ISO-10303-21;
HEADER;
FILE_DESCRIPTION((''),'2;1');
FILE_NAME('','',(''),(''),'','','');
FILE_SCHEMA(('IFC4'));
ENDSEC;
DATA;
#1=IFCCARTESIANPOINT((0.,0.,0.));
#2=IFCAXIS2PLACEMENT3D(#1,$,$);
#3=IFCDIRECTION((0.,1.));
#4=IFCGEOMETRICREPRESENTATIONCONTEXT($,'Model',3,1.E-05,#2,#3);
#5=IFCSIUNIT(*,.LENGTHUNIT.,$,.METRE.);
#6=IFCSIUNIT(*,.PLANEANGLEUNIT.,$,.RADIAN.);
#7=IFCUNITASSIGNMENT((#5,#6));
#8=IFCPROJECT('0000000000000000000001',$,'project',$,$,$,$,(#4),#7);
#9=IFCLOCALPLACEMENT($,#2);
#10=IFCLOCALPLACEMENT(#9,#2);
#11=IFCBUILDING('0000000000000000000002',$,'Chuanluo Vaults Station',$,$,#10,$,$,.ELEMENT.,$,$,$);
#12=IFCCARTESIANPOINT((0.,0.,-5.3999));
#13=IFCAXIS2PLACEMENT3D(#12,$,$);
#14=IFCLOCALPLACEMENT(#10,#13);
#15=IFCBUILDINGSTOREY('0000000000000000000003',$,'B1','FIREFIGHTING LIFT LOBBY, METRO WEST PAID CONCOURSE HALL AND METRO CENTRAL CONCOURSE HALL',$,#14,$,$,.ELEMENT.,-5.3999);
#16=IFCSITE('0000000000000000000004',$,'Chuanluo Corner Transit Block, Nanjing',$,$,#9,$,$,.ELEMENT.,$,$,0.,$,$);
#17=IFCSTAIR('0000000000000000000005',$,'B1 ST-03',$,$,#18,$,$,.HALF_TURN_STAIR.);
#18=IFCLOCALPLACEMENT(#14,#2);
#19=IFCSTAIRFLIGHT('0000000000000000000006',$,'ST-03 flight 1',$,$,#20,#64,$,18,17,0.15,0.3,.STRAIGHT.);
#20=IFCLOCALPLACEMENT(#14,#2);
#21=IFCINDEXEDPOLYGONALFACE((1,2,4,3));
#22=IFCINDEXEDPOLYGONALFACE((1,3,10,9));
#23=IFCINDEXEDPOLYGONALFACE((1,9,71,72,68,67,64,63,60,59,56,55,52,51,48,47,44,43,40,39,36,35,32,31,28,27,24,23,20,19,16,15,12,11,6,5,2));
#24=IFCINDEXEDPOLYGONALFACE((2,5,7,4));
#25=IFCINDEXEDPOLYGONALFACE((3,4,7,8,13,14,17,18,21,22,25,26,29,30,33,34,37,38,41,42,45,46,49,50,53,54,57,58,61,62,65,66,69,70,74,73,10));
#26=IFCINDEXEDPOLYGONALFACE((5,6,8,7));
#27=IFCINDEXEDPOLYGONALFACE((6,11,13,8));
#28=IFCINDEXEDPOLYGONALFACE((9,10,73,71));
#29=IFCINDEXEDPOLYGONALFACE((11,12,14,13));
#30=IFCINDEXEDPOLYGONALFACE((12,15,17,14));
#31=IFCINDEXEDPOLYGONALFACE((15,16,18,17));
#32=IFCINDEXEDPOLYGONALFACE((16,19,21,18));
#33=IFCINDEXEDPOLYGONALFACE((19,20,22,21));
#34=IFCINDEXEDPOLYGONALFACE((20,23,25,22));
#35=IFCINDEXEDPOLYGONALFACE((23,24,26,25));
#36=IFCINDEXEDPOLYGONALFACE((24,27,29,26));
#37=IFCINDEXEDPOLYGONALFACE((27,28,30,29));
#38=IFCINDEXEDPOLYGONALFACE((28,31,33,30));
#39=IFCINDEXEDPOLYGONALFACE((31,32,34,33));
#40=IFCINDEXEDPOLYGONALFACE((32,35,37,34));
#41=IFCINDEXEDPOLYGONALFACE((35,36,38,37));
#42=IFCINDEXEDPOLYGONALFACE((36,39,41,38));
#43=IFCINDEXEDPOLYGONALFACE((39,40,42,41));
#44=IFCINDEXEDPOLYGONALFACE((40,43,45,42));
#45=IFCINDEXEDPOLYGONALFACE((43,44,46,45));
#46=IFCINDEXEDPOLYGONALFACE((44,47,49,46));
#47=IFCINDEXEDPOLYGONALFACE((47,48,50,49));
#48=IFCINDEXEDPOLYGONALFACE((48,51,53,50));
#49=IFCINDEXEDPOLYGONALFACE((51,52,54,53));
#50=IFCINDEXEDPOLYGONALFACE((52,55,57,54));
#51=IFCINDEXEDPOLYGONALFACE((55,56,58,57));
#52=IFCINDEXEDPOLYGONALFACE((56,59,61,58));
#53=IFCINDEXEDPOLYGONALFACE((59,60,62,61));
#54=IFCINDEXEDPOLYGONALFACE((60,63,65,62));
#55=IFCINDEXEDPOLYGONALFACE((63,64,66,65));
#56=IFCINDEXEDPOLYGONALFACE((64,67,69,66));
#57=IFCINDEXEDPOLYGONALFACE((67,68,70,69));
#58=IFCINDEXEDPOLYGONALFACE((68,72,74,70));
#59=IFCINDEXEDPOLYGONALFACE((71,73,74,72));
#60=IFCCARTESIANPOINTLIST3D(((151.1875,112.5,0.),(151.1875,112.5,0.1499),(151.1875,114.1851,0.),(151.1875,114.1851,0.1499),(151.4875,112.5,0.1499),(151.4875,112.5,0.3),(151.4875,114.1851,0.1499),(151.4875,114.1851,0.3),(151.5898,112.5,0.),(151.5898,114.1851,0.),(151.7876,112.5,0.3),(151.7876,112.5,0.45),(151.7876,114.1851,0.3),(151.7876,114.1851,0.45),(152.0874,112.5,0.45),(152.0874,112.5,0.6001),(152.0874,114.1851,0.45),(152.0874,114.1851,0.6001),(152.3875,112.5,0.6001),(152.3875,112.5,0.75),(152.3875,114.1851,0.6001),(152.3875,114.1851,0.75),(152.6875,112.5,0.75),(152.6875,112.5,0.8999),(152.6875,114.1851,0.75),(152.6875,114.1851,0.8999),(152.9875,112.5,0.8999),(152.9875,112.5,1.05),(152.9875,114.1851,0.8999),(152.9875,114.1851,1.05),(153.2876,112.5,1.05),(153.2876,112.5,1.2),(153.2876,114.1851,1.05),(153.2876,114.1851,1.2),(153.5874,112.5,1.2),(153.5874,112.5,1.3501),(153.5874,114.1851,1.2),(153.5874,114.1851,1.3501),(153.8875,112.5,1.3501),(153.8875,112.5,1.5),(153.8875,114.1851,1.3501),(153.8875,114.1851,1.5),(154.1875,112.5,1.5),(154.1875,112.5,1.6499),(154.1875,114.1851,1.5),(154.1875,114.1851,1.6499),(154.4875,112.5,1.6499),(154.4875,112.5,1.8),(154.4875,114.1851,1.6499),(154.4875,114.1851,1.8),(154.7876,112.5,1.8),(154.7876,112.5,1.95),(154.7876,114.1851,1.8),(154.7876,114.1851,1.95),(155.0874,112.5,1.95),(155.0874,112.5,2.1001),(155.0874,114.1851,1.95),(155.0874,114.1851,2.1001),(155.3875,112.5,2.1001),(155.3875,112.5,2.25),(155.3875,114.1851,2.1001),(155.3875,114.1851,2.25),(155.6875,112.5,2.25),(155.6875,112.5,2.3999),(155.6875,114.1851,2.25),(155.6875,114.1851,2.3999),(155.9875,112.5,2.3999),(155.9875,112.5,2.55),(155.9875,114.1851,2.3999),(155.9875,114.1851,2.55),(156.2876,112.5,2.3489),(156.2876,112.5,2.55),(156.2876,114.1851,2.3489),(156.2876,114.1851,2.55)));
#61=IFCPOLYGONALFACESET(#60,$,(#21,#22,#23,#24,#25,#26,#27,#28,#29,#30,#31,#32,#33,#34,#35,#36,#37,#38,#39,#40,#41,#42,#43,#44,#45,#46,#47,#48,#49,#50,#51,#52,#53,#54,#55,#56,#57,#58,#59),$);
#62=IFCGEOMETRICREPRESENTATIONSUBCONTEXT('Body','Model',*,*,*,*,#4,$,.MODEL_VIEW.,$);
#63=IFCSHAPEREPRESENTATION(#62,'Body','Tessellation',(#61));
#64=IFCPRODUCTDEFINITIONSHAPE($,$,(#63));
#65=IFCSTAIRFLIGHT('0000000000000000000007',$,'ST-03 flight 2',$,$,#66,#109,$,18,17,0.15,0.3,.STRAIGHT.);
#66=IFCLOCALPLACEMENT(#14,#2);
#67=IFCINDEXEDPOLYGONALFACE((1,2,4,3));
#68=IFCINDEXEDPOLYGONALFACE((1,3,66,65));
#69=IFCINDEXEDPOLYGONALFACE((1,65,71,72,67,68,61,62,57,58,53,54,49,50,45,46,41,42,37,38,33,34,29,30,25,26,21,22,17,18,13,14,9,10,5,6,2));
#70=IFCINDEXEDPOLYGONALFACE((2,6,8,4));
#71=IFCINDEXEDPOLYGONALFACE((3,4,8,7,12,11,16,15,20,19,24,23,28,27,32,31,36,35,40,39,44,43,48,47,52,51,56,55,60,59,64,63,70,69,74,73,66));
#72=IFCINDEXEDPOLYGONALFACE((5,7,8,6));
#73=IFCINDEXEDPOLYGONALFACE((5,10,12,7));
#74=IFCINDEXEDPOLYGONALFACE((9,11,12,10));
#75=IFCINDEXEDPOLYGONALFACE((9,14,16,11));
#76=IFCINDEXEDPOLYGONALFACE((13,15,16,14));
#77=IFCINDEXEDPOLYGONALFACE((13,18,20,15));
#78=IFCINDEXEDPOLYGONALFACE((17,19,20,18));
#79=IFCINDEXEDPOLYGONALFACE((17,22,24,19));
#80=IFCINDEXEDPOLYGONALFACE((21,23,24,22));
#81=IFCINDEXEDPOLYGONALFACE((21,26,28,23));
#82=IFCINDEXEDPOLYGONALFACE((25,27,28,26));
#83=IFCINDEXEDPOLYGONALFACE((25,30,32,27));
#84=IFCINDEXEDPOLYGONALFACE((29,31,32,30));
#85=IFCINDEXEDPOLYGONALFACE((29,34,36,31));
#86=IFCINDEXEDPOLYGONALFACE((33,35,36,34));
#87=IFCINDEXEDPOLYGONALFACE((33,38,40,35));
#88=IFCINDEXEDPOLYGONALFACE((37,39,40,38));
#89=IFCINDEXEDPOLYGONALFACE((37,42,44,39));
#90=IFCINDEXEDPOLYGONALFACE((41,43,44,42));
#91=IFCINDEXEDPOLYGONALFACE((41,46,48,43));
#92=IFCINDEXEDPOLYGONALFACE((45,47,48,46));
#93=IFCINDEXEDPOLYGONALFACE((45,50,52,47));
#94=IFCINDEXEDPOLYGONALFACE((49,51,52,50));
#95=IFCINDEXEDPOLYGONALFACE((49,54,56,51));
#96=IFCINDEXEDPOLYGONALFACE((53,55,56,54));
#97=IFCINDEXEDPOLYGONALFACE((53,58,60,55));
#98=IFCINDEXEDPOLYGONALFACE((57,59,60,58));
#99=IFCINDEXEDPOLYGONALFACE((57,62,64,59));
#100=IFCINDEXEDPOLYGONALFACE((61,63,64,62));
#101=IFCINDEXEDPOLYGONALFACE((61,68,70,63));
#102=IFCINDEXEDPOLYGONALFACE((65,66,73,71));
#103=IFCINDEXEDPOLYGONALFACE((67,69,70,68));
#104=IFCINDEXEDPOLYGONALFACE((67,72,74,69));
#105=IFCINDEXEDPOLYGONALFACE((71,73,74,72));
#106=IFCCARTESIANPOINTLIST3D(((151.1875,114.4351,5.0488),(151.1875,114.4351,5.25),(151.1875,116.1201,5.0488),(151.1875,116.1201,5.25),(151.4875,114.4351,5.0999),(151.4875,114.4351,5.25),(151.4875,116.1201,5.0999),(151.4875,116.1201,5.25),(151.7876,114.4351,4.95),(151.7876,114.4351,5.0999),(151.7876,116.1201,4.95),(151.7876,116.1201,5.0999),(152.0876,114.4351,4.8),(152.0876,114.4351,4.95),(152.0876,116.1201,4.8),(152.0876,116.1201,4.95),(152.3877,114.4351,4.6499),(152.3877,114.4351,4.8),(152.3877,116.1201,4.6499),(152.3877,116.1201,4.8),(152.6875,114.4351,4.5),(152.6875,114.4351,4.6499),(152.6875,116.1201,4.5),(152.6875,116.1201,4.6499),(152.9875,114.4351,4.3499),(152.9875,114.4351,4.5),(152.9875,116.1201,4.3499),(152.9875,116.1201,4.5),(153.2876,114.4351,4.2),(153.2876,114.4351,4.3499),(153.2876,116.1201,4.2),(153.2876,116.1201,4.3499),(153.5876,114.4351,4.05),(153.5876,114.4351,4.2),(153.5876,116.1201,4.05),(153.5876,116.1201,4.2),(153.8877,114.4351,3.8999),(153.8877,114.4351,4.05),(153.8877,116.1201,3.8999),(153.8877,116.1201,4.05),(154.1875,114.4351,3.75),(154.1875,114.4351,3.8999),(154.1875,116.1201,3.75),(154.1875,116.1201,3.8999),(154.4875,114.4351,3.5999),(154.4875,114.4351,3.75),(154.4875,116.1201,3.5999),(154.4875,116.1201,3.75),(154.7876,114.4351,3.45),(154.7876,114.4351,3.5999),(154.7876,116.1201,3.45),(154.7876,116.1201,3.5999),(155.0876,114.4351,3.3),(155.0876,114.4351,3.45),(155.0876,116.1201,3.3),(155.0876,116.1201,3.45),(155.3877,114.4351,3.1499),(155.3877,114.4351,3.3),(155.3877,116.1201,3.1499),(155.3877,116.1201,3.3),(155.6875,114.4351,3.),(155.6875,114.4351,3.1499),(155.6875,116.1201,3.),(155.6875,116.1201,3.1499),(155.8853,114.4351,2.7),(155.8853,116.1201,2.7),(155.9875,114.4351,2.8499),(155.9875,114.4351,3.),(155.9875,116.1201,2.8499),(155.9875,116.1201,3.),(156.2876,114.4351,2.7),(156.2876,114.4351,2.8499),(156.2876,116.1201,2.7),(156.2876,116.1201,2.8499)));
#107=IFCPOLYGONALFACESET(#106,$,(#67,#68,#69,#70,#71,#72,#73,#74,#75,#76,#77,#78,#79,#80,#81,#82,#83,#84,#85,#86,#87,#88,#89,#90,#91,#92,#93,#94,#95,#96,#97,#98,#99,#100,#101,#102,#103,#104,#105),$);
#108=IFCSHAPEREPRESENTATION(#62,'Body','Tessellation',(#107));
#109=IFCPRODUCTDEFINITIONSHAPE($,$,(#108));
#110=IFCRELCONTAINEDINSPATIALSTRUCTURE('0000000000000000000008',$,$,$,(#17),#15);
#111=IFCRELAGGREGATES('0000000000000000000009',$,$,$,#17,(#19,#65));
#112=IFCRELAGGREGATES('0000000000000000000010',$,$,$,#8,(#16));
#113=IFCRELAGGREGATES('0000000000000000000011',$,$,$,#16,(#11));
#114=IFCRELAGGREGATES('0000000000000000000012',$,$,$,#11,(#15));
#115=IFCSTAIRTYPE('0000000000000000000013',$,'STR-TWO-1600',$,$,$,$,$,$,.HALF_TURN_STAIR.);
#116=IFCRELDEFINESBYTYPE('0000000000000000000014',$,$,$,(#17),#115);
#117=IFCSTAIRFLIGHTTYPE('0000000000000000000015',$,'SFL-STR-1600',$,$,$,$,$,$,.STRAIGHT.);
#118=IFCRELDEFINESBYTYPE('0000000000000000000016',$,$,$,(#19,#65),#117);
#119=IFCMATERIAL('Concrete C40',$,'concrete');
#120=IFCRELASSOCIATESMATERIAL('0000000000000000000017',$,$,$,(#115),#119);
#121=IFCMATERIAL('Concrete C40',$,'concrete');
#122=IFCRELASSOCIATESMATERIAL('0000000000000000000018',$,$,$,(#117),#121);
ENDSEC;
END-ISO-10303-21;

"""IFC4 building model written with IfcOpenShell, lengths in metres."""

from ifc_helpers import new_model, si_unit, direction, frame, origin, place, context, subcontext, project, spatial, polyline, outline, extrude, material, type_object, element, aggregate, save


model = new_model("IFC4")

# Units and contexts
model_context = context("Model", 3, precision=1e-05, world=origin(), true_north=direction((0.0, 1.0)))
body_context = subcontext(model_context, "Body", "Model", "MODEL_VIEW")
ifc_project = project(units=[si_unit("LENGTHUNIT", "METRE"), si_unit("PLANEANGLEUNIT", "RADIAN")], contexts=[model_context])

# Site, building, storey
site_placement = place(None, origin())
site = spatial("IfcSite", under=ifc_project, at=site_placement, Name="Chuanluo Corner Transit Block, Nanjing", CompositionType="ELEMENT", RefElevation=0.0)
building_placement = place(site_placement, origin())
building = spatial("IfcBuilding", under=site, at=building_placement, Name="Chuanluo Vaults Station", CompositionType="ELEMENT")
storey_placement = place(building_placement, frame((0.0, 0.0, -5.3999)))
storey = spatial("IfcBuildingStorey", under=building, at=storey_placement, Name="B1", Description="FIREFIGHTING LIFT LOBBY, METRO WEST PAID CONCOURSE HALL AND METRO CENTRAL CONCOURSE HALL", CompositionType="ELEMENT", Elevation=-5.3999)

# Stair, stair flights
ifc_material_1 = material(Name="Concrete C40", Category="concrete")
stair_type = type_object("IfcStairType", Name="STR-TWO-1600", PredefinedType="HALF_TURN_STAIR", material=ifc_material_1)
stair_placement = place(storey_placement, origin())
stair = element("IfcStair", 1, at=stair_placement, inside=storey, type_object=stair_type, Name="B1 ST-03", PredefinedType="HALF_TURN_STAIR")
ifc_material_2 = material(Name="Concrete C40", Category="concrete")
stair_flight_type = type_object("IfcStairFlightType", Name="SFL-STR-1600", PredefinedType="STRAIGHT", material=ifc_material_2)
stair_flight_1_placement = place(storey_placement, frame((151.1875, 113.3425, 0.0), z_axis=(0.0, 0.0, 1.0), x_axis=(1.0, 0.0, 0.0)))
stair_flight_1 = element("IfcStairFlight", 2, at=stair_flight_1_placement, type_object=stair_flight_type, Name="ST-03 flight 1", NumberOfRisers=18, NumberOfTreads=17, PredefinedType="STRAIGHT", RiserHeight=0.15, TreadLength=0.3, context=body_context, shape_type="SweptSolid", body=[
    extrude(outline(polyline([(0.0, 0.0), (0.0, 0.1499), (0.3, 0.1499), (0.3, 0.3), (0.6001, 0.3), (0.6001, 0.45), (0.8999, 0.45), (0.8999, 0.6001), (1.2, 0.6001), (1.2, 0.75), (1.5, 0.75), (1.5, 0.8999), (1.8, 0.8999), (1.8, 1.05), (2.1001, 1.05), (2.1001, 1.2), (2.3999, 1.2), (2.3999, 1.3501), (2.7, 1.3501), (2.7, 1.5), (3.0, 1.5), (3.0, 1.6499), (3.3, 1.6499), (3.3, 1.8), (3.6001, 1.8), (3.6001, 1.95), (3.8999, 1.95), (3.8999, 2.1001), (4.2, 2.1001), (4.2, 2.25), (4.5, 2.25), (4.5, 2.3999), (4.8, 2.3999), (4.8, 2.55), (5.1001, 2.55), (5.1001, 2.7), (5.1001, 2.3489), (0.4023, 0.0), (0.0, 0.0)])), frame((0.0, 0.8425, 0.0), z_axis=(0.0, -1.0, 0.0), x_axis=(1.0, 0.0, 0.0)), (0.0, 0.0, 1.0), 1.6851),
])
stair_flight_2_placement = place(storey_placement, frame((156.2876, 115.2776, 2.7), z_axis=(0.0, 0.0, 1.0), x_axis=(-1.0, 0.0, 0.0)))
stair_flight_2 = element("IfcStairFlight", 3, at=stair_flight_2_placement, type_object=stair_flight_type, Name="ST-03 flight 2", NumberOfRisers=18, NumberOfTreads=17, PredefinedType="STRAIGHT", RiserHeight=0.15, TreadLength=0.3, context=body_context, shape_type="SweptSolid", body=[
    extrude(outline(polyline([(0.0, 0.0), (0.0, 0.1499), (0.3, 0.1499), (0.3, 0.3), (0.6001, 0.3), (0.6001, 0.45), (0.8999, 0.45), (0.8999, 0.6001), (1.2, 0.6001), (1.2, 0.75), (1.5, 0.75), (1.5, 0.8999), (1.8, 0.8999), (1.8, 1.05), (2.1001, 1.05), (2.1001, 1.2), (2.3999, 1.2), (2.3999, 1.3501), (2.7, 1.3501), (2.7, 1.5), (3.0, 1.5), (3.0, 1.6499), (3.3, 1.6499), (3.3, 1.8), (3.6001, 1.8), (3.6001, 1.95), (3.8999, 1.95), (3.8999, 2.1001), (4.2, 2.1001), (4.2, 2.25), (4.5, 2.25), (4.5, 2.3999), (4.8, 2.3999), (4.8, 2.55), (5.1001, 2.55), (5.1001, 2.7), (5.1001, 2.3489), (0.4023, 0.0), (0.0, 0.0)])), frame((0.0, 0.8425, 0.0), z_axis=(0.0, -1.0, 0.0), x_axis=(1.0, 0.0, 0.0)), (0.0, 0.0, 1.0), 1.6851),
])
aggregate(stair, [stair_flight_1, stair_flight_2])

save(model, "model.ifc")
